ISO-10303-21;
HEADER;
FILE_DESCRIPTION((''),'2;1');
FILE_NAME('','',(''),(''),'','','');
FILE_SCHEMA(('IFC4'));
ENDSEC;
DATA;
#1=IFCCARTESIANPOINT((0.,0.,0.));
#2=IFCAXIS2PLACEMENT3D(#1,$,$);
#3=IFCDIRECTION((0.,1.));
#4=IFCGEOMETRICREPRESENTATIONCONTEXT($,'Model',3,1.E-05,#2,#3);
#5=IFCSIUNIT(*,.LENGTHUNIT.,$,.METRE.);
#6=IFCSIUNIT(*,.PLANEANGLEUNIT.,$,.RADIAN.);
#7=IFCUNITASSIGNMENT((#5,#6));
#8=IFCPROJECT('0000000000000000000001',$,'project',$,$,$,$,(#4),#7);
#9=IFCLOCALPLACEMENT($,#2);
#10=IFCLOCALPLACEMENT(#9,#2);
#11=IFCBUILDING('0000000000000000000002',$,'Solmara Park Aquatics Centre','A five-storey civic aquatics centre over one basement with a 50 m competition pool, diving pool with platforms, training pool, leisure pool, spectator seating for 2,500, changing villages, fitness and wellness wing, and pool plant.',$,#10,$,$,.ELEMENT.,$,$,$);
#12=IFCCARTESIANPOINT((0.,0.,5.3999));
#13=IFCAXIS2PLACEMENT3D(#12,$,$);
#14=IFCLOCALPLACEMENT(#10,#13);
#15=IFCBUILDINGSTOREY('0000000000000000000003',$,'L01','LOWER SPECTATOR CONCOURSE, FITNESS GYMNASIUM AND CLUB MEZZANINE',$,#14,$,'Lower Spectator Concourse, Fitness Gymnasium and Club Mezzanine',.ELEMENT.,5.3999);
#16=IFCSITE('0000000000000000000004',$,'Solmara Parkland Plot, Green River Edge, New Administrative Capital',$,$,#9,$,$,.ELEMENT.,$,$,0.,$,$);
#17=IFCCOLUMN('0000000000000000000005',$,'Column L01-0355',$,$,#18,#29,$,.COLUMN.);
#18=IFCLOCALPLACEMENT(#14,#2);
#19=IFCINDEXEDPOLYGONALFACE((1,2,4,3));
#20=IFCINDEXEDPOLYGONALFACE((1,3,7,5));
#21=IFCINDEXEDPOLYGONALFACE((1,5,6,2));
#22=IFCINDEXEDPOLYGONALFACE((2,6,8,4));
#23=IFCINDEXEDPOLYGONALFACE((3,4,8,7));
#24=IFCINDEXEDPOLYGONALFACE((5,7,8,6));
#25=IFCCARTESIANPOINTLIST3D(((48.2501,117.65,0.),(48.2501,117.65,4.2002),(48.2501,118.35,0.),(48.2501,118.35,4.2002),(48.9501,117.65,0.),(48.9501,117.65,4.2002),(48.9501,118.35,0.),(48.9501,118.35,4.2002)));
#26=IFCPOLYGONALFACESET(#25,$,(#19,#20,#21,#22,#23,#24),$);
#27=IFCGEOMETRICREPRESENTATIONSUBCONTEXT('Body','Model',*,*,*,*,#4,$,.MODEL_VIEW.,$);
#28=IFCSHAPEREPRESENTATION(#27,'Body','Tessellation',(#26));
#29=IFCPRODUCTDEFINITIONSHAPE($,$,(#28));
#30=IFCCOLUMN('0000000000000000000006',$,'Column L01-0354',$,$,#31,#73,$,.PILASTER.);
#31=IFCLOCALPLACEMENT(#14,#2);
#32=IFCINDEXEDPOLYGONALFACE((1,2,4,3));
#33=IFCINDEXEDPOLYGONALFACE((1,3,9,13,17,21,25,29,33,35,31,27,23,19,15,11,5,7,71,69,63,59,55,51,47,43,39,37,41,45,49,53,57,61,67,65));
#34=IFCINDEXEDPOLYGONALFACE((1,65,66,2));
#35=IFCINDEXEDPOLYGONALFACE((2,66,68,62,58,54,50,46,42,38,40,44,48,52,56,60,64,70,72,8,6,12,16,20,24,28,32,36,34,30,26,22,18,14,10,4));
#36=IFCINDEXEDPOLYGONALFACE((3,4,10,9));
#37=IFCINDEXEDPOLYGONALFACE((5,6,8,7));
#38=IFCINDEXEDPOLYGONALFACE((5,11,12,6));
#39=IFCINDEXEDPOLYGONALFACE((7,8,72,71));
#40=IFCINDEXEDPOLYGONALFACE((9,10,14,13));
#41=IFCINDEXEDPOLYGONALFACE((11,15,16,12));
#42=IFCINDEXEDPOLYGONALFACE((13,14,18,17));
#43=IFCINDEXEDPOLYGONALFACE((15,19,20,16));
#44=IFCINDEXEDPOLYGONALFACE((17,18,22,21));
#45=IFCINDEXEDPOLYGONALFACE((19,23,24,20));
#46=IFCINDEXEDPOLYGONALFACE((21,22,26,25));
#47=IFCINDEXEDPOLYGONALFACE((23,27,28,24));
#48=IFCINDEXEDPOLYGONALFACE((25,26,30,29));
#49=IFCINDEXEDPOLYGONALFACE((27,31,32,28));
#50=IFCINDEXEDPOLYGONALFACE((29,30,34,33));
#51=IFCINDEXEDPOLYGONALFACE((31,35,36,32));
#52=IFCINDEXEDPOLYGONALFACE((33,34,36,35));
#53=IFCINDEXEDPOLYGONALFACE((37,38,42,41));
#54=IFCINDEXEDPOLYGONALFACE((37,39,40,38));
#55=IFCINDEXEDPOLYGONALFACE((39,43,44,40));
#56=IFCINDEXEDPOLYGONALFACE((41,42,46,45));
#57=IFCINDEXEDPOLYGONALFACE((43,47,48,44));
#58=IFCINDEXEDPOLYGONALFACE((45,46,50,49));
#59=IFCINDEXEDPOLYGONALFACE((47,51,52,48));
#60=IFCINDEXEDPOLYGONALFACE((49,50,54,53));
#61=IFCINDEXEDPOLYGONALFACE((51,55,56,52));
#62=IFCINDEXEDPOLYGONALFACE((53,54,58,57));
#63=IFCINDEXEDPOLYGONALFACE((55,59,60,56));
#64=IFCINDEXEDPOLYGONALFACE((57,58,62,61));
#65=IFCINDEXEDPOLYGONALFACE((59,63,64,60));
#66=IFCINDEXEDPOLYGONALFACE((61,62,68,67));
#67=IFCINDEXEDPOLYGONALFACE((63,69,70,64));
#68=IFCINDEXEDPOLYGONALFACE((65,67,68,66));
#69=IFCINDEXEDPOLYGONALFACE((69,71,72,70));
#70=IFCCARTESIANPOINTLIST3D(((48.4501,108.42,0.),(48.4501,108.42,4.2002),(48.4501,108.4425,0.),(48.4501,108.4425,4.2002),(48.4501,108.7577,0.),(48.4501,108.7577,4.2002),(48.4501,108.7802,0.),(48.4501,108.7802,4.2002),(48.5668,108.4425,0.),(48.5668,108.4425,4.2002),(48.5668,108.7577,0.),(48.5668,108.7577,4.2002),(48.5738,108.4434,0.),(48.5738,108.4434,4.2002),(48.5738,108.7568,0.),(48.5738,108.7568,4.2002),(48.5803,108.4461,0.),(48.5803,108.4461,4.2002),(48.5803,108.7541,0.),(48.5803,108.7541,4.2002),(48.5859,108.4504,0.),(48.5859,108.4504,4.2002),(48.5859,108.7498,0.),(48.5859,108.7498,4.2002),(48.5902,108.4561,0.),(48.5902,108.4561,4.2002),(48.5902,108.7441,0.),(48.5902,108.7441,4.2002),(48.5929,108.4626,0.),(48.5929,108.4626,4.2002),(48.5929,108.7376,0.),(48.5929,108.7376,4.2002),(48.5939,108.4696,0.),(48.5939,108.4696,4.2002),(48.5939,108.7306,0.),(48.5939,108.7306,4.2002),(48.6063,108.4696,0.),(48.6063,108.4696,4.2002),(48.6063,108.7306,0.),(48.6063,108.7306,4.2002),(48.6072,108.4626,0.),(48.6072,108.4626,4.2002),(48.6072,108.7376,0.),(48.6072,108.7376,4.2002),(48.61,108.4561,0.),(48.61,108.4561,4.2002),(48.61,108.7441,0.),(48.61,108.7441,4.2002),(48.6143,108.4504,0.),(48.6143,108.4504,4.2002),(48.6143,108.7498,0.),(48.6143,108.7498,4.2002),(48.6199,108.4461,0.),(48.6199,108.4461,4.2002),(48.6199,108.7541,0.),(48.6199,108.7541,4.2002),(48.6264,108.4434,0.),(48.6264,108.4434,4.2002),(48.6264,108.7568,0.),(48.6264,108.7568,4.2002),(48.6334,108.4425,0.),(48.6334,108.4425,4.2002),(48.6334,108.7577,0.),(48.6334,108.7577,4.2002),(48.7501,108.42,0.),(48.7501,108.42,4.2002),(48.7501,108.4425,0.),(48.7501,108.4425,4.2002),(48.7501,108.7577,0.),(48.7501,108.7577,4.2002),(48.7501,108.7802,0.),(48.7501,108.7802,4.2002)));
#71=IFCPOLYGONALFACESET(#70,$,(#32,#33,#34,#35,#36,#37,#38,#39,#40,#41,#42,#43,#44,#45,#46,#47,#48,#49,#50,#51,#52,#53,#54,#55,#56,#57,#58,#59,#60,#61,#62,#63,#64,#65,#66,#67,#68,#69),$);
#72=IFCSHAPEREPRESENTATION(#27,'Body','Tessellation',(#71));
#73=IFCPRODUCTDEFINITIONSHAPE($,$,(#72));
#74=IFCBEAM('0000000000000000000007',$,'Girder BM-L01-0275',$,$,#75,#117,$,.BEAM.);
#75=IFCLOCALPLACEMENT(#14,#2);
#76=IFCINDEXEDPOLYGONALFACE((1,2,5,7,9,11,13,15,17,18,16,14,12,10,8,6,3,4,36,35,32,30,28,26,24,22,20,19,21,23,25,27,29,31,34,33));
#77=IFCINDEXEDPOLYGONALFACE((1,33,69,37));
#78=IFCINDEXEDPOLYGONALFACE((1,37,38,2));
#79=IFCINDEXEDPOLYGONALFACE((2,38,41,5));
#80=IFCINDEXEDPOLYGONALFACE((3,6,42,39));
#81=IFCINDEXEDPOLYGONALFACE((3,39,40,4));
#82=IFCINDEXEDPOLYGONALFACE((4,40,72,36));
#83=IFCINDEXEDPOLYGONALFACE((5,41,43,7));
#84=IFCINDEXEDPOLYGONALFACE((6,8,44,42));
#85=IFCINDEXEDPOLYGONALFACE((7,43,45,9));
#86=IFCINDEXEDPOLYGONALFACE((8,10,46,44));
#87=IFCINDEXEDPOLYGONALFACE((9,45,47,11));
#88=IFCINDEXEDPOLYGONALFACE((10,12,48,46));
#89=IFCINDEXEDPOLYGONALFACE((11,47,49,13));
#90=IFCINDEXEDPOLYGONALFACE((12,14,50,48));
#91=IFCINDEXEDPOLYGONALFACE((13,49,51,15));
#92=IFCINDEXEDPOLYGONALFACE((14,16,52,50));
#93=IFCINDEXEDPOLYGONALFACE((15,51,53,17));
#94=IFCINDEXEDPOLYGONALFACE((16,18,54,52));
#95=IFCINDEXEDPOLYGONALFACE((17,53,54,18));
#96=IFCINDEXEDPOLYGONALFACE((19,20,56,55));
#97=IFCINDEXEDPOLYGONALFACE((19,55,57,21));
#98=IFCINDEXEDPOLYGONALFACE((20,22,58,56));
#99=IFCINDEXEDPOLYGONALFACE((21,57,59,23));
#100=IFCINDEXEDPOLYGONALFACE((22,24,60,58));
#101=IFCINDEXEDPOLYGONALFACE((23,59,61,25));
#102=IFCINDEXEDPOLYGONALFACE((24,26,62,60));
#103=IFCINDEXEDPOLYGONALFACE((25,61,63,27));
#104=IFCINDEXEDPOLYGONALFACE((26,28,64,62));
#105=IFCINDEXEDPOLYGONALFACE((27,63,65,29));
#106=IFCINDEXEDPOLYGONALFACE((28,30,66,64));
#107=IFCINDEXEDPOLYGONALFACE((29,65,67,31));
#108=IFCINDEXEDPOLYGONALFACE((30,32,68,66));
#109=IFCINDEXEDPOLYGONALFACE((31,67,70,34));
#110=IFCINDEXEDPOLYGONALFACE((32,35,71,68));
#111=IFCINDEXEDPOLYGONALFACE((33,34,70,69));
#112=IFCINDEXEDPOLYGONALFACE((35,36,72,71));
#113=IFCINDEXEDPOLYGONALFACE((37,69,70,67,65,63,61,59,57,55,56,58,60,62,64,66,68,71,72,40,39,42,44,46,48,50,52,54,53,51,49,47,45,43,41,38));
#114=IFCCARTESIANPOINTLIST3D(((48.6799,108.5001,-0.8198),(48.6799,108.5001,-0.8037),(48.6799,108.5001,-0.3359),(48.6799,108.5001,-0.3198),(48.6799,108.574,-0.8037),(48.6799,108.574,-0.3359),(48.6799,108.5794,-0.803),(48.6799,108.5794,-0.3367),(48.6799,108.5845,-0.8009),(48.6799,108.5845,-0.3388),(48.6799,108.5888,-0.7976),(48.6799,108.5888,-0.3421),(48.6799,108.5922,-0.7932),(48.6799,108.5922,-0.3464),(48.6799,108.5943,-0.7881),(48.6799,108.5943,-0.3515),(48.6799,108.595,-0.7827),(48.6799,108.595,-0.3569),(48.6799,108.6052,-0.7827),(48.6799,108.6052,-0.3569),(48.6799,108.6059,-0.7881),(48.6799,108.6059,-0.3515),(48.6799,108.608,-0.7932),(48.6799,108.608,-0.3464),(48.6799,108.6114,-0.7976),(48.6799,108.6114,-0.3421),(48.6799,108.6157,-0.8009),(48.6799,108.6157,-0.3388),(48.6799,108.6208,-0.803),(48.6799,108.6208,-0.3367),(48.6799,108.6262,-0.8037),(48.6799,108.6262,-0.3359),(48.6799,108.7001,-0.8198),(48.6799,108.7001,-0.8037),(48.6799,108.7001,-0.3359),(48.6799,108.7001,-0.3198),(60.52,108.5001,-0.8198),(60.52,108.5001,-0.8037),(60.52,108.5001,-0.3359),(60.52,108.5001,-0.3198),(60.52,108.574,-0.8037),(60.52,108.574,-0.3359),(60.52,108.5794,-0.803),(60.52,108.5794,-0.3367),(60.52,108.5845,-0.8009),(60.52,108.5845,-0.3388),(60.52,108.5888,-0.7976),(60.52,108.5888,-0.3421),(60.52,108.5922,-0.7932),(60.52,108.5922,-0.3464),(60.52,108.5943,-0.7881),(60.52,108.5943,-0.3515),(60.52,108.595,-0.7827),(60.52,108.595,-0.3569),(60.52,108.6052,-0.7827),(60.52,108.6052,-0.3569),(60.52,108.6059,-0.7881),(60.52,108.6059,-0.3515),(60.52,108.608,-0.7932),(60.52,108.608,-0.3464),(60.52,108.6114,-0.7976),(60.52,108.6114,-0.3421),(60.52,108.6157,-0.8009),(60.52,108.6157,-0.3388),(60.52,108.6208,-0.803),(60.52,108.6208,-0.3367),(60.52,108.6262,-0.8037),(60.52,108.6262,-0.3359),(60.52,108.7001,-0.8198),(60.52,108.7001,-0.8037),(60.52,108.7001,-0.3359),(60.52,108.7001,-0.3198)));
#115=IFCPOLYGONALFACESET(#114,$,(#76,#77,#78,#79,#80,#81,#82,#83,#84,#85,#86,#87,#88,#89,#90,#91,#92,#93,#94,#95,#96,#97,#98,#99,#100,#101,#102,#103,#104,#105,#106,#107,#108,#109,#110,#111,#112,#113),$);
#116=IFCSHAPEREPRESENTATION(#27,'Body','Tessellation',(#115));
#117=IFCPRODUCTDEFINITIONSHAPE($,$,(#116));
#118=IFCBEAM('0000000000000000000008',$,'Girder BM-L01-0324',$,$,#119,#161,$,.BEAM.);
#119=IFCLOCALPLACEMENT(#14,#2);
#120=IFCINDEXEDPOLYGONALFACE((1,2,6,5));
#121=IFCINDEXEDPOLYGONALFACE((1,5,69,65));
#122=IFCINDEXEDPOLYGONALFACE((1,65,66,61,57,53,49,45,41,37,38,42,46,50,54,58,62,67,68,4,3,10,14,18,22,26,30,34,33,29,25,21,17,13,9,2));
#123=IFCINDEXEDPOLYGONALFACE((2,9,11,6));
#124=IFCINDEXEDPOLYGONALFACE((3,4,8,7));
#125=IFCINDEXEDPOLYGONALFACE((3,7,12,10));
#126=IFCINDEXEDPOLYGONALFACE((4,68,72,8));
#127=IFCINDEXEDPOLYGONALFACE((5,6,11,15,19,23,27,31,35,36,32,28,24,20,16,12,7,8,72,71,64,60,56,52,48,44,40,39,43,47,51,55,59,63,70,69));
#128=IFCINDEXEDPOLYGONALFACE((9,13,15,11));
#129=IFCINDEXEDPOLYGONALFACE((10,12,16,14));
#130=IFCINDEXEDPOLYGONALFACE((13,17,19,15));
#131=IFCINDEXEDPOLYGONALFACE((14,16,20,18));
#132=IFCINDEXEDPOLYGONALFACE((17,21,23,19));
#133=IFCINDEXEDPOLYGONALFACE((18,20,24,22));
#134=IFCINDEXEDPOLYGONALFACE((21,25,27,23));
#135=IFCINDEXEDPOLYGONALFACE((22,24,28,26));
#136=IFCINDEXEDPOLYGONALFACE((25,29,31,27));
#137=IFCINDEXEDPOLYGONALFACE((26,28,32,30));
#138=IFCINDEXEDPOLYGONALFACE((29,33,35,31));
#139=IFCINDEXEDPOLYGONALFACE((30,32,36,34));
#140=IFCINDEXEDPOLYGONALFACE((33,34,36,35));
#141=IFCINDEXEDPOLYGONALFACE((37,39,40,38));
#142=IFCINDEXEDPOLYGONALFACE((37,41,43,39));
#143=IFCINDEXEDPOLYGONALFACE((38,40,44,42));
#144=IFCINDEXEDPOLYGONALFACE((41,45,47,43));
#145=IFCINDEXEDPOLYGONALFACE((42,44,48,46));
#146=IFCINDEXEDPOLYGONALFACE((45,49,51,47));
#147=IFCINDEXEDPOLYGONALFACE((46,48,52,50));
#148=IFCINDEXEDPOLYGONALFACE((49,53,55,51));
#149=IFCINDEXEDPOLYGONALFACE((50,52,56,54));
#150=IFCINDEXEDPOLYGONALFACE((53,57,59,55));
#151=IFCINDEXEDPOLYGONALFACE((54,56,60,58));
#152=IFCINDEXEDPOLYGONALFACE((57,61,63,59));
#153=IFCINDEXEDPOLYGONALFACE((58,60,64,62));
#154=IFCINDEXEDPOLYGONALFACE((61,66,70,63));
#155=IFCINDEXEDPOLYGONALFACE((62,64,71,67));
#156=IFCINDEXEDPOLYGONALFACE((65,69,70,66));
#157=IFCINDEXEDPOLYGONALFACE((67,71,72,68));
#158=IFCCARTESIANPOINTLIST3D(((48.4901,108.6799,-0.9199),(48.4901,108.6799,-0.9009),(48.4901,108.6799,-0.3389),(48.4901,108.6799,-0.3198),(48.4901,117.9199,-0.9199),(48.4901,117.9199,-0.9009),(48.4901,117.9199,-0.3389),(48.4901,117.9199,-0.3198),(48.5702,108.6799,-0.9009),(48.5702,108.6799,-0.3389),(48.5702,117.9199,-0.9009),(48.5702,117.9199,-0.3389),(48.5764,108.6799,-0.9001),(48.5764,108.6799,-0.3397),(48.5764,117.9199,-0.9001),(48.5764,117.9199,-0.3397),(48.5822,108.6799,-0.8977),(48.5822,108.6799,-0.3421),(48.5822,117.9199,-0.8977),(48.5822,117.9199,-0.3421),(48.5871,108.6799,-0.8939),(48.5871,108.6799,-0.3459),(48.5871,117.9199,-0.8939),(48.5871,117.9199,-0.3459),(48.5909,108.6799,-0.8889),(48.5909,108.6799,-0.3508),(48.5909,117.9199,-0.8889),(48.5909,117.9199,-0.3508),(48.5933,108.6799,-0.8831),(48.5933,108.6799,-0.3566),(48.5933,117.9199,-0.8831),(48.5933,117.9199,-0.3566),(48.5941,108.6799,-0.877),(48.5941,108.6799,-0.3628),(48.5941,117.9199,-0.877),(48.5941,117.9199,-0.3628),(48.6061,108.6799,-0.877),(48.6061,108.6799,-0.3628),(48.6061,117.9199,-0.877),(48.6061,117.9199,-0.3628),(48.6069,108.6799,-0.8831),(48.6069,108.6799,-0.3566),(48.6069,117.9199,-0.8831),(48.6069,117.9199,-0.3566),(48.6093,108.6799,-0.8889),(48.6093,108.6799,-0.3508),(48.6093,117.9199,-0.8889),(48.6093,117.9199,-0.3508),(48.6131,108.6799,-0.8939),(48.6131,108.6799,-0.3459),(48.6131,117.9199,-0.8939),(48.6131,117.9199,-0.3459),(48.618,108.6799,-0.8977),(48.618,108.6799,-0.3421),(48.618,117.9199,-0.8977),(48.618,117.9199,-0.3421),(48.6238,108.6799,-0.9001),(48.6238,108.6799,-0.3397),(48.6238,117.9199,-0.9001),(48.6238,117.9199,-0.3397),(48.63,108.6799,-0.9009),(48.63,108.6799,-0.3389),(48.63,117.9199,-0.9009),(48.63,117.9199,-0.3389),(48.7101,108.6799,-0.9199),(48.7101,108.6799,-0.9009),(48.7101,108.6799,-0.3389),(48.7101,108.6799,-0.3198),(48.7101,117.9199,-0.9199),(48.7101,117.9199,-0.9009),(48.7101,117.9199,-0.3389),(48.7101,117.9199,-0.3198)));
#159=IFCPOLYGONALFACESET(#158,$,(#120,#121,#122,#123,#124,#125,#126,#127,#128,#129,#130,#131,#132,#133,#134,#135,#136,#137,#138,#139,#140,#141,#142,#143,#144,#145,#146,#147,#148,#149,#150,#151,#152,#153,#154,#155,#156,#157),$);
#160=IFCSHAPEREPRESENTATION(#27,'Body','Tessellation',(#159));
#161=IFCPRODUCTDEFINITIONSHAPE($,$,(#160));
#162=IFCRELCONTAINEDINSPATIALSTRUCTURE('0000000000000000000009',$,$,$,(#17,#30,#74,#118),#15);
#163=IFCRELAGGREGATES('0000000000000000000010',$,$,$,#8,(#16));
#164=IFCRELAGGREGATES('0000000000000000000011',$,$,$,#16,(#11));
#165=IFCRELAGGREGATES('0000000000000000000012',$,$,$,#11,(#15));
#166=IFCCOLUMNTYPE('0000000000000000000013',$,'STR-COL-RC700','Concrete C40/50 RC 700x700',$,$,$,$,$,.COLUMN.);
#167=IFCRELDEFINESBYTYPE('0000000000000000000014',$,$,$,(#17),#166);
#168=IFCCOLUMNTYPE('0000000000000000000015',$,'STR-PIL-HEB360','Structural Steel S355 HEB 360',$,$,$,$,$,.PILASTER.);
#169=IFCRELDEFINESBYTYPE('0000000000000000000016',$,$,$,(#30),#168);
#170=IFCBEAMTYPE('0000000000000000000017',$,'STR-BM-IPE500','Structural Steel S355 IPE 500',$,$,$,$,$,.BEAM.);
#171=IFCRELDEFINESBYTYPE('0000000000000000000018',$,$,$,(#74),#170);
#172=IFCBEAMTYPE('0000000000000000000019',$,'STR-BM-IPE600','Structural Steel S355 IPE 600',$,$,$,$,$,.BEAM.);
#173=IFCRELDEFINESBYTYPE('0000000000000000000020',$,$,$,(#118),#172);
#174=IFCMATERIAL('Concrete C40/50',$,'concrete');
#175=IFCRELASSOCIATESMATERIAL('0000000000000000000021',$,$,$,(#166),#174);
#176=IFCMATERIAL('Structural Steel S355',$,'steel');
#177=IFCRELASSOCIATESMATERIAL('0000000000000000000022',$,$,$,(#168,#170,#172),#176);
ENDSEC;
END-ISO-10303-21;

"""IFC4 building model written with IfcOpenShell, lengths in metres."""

from ifc_helpers import new_model, si_unit, direction, frame, origin, origin_2d, place, context, subcontext, project, spatial, rectangle, i_section, extrude, material, material_profile, profile_set, type_object, element, save


model = new_model("IFC4")

# Units and contexts
model_context = context("Model", 3, precision=1e-05, world=origin(), true_north=direction((0.0, 1.0)))
body_context = subcontext(model_context, "Body", "Model", "MODEL_VIEW")
ifc_project = project(units=[si_unit("LENGTHUNIT", "METRE"), si_unit("PLANEANGLEUNIT", "RADIAN")], contexts=[model_context])

# Site, building, storey
site_placement = place(None, origin())
site = spatial("IfcSite", under=ifc_project, at=site_placement, Name="Solmara Parkland Plot, Green River Edge, New Administrative Capital", CompositionType="ELEMENT", RefElevation=0.0)
building_placement = place(site_placement, origin())
building = spatial("IfcBuilding", under=site, at=building_placement, Name="Solmara Park Aquatics Centre", Description="A five-storey civic aquatics centre over one basement with a 50 m competition pool, diving pool with platforms, training pool, leisure pool, spectator seating for 2,500, changing villages, fitness and wellness wing, and pool plant.", CompositionType="ELEMENT")
storey_placement = place(building_placement, frame((0.0, 0.0, 5.3999)))
storey = spatial("IfcBuildingStorey", under=building, at=storey_placement, Name="L01", Description="LOWER SPECTATOR CONCOURSE, FITNESS GYMNASIUM AND CLUB MEZZANINE", LongName="Lower Spectator Concourse, Fitness Gymnasium and Club Mezzanine", CompositionType="ELEMENT", Elevation=5.3999)

# Columns
ifc_material_1 = material(Name="Concrete C40/50", Category="concrete")
ifc_material_profile_1 = material_profile(ifc_material_1, rectangle(XDim=0.7, YDim=0.7, at=origin_2d()), Name="RC 700x700")
ifc_profile_set_1 = profile_set([ifc_material_profile_1], Name="Concrete C40/50")
column_type_1 = type_object("IfcColumnType", Name="STR-COL-RC700", Description="Concrete C40/50 RC 700x700", PredefinedType="COLUMN", material=ifc_profile_set_1)
column_1_placement = place(storey_placement, frame((48.6001, 118.0, 0.0), z_axis=(0.0, 0.0, 1.0), x_axis=(1.0, 0.0, 0.0)))
element("IfcColumn", 1, at=column_1_placement, inside=storey, type_object=column_type_1, Name="Column L01-0355", PredefinedType="COLUMN", context=body_context, shape_type="SweptSolid", body=[
    extrude(rectangle(XDim=0.7, YDim=0.7, at=origin_2d()), origin(), (0.0, 0.0, 1.0), 4.2002),
])
ifc_material_2 = material(Name="Structural Steel S355", Category="steel")
ifc_material_profile_2 = material_profile(ifc_material_2, i_section(OverallWidth=0.3, OverallDepth=0.3601, WebThickness=0.0125, FlangeThickness=0.0225, FilletRadius=0.0271, at=origin_2d()), Name="HEB 360")
ifc_profile_set_2 = profile_set([ifc_material_profile_2], Name="Structural Steel S355")
column_type_2 = type_object("IfcColumnType", Name="STR-PIL-HEB360", Description="Structural Steel S355 HEB 360", PredefinedType="PILASTER", material=ifc_profile_set_2)
column_2_placement = place(storey_placement, frame((48.6001, 108.6001, 0.0), z_axis=(0.0, 0.0, 1.0), x_axis=(1.0, 0.0, 0.0)))
element("IfcColumn", 2, at=column_2_placement, inside=storey, type_object=column_type_2, Name="Column L01-0354", PredefinedType="PILASTER", context=body_context, shape_type="SweptSolid", body=[
    extrude(i_section(OverallWidth=0.3, OverallDepth=0.3601, WebThickness=0.0125, FlangeThickness=0.0225, FilletRadius=0.0271, at=origin_2d()), origin(), (0.0, 0.0, 1.0), 4.2002),
])

# Beams
ifc_material_profile_3 = material_profile(ifc_material_2, i_section(OverallWidth=0.2, OverallDepth=0.5, WebThickness=0.0103, FlangeThickness=0.0161, FilletRadius=0.021, at=origin_2d()), Name="IPE 500")
ifc_profile_set_3 = profile_set([ifc_material_profile_3], Name="Structural Steel S355")
beam_type_1 = type_object("IfcBeamType", Name="STR-BM-IPE500", Description="Structural Steel S355 IPE 500", PredefinedType="BEAM", material=ifc_profile_set_3)
beam_1_placement = place(storey_placement, frame((48.6799, 108.6001, -0.5698), z_axis=(1.0, 0.0, 0.0), x_axis=(0.0, 1.0, 0.0)))
element("IfcBeam", 3, at=beam_1_placement, inside=storey, type_object=beam_type_1, Name="Girder BM-L01-0275", PredefinedType="BEAM", context=body_context, shape_type="SweptSolid", body=[
    extrude(i_section(OverallWidth=0.2, OverallDepth=0.5, WebThickness=0.0103, FlangeThickness=0.0161, FilletRadius=0.021, at=origin_2d()), origin(), (0.0, 0.0, 1.0), 11.8401),
])
ifc_material_profile_4 = material_profile(ifc_material_2, i_section(OverallWidth=0.22, OverallDepth=0.6001, WebThickness=0.012, FlangeThickness=0.019, FilletRadius=0.0239, at=origin_2d()), Name="IPE 600")
ifc_profile_set_4 = profile_set([ifc_material_profile_4], Name="Structural Steel S355")
beam_type_2 = type_object("IfcBeamType", Name="STR-BM-IPE600", Description="Structural Steel S355 IPE 600", PredefinedType="BEAM", material=ifc_profile_set_4)
beam_2_placement = place(storey_placement, frame((48.6001, 108.6799, -0.6199), z_axis=(0.0, 1.0, 0.0), x_axis=(-1.0, 0.0, 0.0)))
element("IfcBeam", 4, at=beam_2_placement, inside=storey, type_object=beam_type_2, Name="Girder BM-L01-0324", PredefinedType="BEAM", context=body_context, shape_type="SweptSolid", body=[
    extrude(i_section(OverallWidth=0.22, OverallDepth=0.6001, WebThickness=0.012, FlangeThickness=0.019, FilletRadius=0.0239, at=origin_2d()), origin(), (0.0, 0.0, 1.0), 9.24),
])

save(model, "model.ifc")
